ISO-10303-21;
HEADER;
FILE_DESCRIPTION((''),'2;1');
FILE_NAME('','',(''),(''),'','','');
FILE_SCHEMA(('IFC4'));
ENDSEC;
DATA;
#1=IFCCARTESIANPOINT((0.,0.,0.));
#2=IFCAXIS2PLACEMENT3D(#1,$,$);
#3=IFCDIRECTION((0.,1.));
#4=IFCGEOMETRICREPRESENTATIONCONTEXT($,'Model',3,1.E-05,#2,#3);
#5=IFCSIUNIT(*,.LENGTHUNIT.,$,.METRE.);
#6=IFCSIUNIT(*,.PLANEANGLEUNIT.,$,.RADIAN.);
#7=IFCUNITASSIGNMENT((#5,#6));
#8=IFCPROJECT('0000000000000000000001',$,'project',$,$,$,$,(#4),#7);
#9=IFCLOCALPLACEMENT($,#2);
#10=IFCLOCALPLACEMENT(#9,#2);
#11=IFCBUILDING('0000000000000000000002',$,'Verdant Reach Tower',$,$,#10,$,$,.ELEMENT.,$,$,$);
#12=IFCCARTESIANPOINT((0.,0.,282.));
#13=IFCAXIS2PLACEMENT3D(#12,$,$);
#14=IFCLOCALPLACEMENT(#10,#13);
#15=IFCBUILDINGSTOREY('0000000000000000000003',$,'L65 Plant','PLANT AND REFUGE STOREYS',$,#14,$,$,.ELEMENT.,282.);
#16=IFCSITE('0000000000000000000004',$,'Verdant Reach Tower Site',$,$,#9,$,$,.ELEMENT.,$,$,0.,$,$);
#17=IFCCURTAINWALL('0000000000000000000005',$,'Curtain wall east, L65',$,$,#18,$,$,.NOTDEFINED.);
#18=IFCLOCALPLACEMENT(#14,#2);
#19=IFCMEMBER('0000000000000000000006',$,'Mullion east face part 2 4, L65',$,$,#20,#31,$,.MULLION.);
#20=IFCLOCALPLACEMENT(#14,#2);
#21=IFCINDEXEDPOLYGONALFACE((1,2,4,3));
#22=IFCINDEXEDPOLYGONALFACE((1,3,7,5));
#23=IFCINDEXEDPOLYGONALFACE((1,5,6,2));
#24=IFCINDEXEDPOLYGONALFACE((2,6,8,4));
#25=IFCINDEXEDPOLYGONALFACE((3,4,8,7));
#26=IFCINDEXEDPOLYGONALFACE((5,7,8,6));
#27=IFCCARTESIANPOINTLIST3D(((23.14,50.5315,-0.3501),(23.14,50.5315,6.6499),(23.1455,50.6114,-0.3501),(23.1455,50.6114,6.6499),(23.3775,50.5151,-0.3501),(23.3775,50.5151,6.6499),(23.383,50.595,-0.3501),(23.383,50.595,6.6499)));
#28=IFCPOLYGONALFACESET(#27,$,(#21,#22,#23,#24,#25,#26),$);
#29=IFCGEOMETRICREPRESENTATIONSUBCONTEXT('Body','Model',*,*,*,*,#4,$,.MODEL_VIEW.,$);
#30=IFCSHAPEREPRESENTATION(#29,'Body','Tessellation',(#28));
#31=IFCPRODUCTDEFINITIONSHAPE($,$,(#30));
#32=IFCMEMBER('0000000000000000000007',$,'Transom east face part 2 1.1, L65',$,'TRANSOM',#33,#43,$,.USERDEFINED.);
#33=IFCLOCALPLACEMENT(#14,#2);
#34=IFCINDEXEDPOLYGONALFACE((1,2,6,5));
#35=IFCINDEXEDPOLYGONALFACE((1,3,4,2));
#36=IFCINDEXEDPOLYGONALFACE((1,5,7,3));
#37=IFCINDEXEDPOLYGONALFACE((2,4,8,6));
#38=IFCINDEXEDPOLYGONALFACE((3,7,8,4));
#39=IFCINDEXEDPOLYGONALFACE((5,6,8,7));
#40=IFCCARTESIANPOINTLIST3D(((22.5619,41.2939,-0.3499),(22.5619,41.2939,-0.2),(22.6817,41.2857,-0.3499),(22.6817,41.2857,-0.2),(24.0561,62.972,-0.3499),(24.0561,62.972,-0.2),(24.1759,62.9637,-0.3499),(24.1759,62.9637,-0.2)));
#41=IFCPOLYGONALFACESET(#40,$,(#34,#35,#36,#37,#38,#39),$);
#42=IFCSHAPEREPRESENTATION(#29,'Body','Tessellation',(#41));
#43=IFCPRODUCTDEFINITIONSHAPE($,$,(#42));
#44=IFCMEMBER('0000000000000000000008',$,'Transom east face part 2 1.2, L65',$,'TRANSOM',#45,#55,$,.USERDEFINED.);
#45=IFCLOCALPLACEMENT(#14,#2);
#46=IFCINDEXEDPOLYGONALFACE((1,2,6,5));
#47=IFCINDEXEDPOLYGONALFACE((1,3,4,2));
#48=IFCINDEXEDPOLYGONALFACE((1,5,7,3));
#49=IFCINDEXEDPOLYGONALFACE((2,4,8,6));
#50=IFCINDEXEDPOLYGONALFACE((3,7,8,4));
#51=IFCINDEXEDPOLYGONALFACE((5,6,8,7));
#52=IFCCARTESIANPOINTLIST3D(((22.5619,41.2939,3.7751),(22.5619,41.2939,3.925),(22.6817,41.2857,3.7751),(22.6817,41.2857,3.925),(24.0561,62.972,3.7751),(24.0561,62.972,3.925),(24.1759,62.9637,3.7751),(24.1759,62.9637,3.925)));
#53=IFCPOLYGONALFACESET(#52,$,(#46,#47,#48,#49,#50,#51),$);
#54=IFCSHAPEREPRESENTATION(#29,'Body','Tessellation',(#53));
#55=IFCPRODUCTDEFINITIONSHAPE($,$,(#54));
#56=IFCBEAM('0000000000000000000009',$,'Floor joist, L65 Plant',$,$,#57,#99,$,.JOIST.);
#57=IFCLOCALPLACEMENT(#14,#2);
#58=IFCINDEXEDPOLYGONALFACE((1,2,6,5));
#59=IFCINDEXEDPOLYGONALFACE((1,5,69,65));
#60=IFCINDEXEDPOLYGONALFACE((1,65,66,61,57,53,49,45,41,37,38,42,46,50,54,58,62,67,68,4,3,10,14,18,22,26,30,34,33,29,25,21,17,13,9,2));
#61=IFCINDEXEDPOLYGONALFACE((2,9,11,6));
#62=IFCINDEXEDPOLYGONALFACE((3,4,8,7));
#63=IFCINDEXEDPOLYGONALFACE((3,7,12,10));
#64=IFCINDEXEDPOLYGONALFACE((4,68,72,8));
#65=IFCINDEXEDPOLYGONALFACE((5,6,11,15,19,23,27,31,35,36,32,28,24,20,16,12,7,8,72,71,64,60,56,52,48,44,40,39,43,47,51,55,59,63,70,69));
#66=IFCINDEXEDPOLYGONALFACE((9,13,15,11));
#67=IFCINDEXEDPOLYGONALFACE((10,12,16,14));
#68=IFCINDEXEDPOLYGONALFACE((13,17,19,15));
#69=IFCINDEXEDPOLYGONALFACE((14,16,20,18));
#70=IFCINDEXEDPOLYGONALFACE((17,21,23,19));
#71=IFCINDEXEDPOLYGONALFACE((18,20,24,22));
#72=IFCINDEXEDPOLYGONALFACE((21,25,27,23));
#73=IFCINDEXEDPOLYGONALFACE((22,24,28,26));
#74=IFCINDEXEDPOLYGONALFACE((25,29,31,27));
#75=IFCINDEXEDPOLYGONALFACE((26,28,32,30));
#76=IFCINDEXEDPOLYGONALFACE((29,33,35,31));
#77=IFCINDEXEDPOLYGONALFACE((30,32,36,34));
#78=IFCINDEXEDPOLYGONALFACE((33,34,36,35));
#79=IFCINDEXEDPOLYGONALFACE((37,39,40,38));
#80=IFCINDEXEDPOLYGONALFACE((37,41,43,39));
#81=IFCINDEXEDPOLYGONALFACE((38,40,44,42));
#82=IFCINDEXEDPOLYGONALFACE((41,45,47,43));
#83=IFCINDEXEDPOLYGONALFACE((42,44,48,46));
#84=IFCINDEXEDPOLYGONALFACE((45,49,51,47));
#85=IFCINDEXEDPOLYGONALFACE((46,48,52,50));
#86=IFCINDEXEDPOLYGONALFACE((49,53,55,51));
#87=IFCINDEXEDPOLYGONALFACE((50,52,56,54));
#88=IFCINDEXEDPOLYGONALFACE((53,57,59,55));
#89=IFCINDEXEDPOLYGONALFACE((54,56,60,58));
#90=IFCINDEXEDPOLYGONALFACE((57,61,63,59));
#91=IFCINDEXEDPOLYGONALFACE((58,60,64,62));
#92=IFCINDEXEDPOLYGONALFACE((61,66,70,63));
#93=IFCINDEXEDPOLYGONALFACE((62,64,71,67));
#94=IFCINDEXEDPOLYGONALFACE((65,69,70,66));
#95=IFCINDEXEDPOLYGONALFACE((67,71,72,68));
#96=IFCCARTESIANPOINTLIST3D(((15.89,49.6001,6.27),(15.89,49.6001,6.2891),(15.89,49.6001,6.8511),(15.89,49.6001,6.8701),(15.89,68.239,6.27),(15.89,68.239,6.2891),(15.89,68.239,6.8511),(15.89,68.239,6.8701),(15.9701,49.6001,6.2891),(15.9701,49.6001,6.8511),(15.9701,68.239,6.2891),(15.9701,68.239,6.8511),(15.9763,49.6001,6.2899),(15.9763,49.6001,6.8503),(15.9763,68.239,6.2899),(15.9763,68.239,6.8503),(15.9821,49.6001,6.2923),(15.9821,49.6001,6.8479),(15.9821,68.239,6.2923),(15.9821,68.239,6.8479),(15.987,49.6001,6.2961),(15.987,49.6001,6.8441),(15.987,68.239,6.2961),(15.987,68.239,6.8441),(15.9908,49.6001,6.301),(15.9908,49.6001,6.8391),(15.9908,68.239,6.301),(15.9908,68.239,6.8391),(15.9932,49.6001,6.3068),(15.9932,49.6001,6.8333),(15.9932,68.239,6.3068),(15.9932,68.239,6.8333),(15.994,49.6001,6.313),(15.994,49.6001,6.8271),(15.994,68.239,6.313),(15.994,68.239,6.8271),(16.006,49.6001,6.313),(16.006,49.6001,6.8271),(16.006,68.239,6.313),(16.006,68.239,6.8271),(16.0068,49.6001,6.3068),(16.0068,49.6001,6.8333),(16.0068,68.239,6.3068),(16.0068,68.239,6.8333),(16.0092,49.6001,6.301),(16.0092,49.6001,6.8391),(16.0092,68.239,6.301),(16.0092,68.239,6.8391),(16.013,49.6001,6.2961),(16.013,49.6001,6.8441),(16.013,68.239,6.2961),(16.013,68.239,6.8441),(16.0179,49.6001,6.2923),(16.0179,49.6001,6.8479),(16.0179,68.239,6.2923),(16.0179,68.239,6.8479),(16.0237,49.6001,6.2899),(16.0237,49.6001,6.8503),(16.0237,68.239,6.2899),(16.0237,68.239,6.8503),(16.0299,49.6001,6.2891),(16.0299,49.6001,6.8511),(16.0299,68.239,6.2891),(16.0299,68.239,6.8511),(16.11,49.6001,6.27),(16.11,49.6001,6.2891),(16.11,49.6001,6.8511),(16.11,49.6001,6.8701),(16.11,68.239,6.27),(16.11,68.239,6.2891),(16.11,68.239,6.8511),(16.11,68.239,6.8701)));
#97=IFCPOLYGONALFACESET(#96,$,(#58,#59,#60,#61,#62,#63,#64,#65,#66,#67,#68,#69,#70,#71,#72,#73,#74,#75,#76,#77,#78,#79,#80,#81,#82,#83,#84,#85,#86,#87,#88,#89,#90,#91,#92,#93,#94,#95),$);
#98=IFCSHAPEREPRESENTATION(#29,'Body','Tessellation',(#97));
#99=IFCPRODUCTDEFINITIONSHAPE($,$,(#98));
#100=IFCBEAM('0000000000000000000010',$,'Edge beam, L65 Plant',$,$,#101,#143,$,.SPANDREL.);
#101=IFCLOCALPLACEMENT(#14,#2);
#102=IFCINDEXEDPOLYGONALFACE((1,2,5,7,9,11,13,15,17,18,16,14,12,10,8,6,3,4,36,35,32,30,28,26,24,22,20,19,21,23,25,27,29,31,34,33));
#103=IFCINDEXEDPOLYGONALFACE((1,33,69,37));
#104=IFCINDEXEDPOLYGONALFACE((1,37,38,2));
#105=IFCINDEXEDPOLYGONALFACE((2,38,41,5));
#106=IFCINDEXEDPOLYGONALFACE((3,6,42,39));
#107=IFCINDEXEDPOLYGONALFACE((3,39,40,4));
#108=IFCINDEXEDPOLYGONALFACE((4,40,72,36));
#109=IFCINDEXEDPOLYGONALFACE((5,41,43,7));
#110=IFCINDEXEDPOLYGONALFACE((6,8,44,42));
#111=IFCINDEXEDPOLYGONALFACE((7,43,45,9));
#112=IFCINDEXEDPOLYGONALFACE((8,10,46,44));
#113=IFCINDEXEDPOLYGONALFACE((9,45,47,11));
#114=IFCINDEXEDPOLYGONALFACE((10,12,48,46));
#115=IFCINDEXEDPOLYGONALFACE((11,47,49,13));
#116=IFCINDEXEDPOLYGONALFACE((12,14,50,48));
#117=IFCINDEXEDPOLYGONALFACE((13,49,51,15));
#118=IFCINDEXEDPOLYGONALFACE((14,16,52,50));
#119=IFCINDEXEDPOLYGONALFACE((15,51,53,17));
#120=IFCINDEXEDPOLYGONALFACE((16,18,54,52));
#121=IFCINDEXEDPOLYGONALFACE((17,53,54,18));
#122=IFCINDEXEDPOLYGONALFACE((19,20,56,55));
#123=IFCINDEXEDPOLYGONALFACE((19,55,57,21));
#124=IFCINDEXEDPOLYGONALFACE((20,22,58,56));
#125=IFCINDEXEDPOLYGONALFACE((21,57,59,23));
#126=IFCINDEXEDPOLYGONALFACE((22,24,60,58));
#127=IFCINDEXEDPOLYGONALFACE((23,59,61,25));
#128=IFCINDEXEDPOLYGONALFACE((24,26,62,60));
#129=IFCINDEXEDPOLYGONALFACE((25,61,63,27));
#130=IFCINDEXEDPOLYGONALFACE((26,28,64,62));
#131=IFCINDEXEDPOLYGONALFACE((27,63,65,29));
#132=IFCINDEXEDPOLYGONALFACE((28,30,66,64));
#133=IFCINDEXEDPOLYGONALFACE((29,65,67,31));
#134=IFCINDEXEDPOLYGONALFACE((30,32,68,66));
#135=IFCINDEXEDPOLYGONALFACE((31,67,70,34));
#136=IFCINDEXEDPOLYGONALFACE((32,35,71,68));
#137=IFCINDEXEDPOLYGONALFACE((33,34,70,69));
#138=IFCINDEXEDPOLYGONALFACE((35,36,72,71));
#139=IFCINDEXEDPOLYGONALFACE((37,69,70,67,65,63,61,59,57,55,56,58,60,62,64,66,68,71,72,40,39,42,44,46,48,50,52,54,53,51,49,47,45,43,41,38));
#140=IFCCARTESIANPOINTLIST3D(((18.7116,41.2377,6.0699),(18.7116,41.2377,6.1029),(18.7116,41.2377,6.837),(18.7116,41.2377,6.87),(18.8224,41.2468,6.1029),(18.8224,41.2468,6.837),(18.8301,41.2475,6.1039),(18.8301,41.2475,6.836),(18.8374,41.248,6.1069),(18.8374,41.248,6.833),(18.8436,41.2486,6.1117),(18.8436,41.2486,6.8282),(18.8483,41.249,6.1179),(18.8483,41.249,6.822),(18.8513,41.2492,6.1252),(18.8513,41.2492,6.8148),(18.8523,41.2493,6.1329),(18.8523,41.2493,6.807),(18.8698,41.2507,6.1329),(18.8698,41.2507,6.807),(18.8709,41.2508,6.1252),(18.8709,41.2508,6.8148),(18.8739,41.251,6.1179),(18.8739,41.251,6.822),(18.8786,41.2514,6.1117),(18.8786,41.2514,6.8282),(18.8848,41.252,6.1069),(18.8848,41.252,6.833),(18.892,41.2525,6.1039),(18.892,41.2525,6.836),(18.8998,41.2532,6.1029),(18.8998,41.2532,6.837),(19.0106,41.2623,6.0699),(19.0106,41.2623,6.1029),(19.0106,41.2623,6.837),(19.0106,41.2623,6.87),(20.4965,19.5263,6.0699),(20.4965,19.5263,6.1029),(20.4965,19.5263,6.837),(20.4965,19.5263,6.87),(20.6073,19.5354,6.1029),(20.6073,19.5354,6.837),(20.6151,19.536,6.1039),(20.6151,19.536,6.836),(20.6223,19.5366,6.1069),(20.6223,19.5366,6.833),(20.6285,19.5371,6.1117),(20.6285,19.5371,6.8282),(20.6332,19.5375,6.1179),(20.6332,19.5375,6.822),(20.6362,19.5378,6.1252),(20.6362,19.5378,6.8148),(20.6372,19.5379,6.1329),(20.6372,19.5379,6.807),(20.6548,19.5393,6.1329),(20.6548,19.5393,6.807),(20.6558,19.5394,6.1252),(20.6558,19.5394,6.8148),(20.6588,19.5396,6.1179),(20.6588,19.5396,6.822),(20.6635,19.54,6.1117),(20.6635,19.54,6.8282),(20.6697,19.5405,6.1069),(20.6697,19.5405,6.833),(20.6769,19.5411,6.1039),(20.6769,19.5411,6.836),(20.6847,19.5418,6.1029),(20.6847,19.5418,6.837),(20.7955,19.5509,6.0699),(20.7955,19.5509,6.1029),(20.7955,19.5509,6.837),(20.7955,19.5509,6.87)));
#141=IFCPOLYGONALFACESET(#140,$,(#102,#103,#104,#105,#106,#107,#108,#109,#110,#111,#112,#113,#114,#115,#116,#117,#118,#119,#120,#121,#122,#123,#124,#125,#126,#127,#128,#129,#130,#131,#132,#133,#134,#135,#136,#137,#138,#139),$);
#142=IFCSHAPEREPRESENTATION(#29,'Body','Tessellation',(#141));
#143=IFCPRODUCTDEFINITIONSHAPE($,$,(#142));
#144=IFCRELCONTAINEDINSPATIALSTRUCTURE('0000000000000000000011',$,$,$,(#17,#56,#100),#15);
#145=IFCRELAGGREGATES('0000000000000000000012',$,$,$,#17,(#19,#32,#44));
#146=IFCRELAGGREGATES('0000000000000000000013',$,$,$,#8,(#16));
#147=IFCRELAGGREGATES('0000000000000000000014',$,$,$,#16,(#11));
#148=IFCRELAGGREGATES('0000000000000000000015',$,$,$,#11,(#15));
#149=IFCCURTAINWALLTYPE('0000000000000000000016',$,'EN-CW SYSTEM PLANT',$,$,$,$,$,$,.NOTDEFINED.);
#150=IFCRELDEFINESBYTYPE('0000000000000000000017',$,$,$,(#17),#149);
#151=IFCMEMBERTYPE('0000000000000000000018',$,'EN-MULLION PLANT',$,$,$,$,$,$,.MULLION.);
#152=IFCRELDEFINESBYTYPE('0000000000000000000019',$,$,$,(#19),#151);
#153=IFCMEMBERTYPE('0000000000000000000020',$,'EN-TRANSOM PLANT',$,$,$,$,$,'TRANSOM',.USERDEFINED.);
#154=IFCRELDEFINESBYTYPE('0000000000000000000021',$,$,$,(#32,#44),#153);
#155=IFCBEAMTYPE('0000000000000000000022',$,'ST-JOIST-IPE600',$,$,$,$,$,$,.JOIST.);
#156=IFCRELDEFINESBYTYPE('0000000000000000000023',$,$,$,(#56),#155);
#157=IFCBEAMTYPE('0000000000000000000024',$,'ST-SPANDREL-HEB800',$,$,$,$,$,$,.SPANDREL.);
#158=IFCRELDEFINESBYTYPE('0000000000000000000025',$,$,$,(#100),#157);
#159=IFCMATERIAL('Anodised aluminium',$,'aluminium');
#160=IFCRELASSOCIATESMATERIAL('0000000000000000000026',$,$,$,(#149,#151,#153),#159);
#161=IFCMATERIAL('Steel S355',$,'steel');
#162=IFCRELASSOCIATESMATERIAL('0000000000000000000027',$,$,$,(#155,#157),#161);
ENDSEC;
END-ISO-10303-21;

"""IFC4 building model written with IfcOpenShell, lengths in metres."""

from ifc_helpers import new_model, si_unit, direction, frame, origin, origin_2d, place, context, subcontext, project, spatial, rectangle, i_section, extrude, material, material_profile, profile_set, type_object, element, aggregate, save


model = new_model("IFC4")

# Units and contexts
model_context = context("Model", 3, precision=1e-05, world=origin(), true_north=direction((0.0, 1.0)))
body_context = subcontext(model_context, "Body", "Model", "MODEL_VIEW")
ifc_project = project(units=[si_unit("LENGTHUNIT", "METRE"), si_unit("PLANEANGLEUNIT", "RADIAN")], contexts=[model_context])

# Site, building, storey
site_placement = place(None, origin())
site = spatial("IfcSite", under=ifc_project, at=site_placement, Name="Verdant Reach Tower Site", CompositionType="ELEMENT", RefElevation=0.0)
building_placement = place(site_placement, origin())
building = spatial("IfcBuilding", under=site, at=building_placement, Name="Verdant Reach Tower", CompositionType="ELEMENT")
storey_placement = place(building_placement, frame((0.0, 0.0, 282.0)))
storey = spatial("IfcBuildingStorey", under=building, at=storey_placement, Name="L65 Plant", Description="PLANT AND REFUGE STOREYS", CompositionType="ELEMENT", Elevation=282.0)

# Curtain wall, members
ifc_material_1 = material(Name="Anodised aluminium", Category="aluminium")
curtain_wall_type = type_object("IfcCurtainWallType", Name="EN-CW SYSTEM PLANT", PredefinedType="NOTDEFINED", material=ifc_material_1)
curtain_wall_placement = place(storey_placement, origin())
curtain_wall = element("IfcCurtainWall", 1, at=curtain_wall_placement, inside=storey, type_object=curtain_wall_type, Name="Curtain wall east, L65", PredefinedType="NOTDEFINED")
ifc_material_profile_1 = material_profile(ifc_material_1, rectangle(XDim=0.238, YDim=0.0801, at=origin_2d()), Name="Mullion 80x240")
ifc_profile_set_1 = profile_set([ifc_material_profile_1], Name="Anodised aluminium")
member_type_1 = type_object("IfcMemberType", Name="EN-MULLION PLANT", PredefinedType="MULLION", material=ifc_profile_set_1)
member_1_placement = place(storey_placement, frame((23.2615, 50.5632, -0.3501), z_axis=(0.0, 0.0, 1.0), x_axis=(0.99763, -0.068802, 0.0)))
member_1 = element("IfcMember", 2, at=member_1_placement, type_object=member_type_1, Name="Mullion east face part 2 4, L65", PredefinedType="MULLION", context=body_context, shape_type="SweptSolid", body=[
    extrude(rectangle(XDim=0.238, YDim=0.0801, at=origin_2d()), origin(), (0.0, 0.0, 1.0), 7.0),
])
ifc_material_profile_2 = material_profile(ifc_material_1, rectangle(XDim=0.1201, YDim=0.1499, at=origin_2d()), Name="Transom 150x120")
ifc_profile_set_2 = profile_set([ifc_material_profile_2], Name="Anodised aluminium")
member_type_2 = type_object("IfcMemberType", Name="EN-TRANSOM PLANT", ElementType="TRANSOM", PredefinedType="USERDEFINED", material=ifc_profile_set_2)
member_2_placement = place(storey_placement, frame((22.6218, 41.2898, -0.2749), z_axis=(0.068761, 0.997633, 0.0), x_axis=(-0.997633, 0.068761, 0.0)))
member_2 = element("IfcMember", 3, at=member_2_placement, type_object=member_type_2, Name="Transom east face part 2 1.1, L65", ObjectType="TRANSOM", PredefinedType="USERDEFINED", context=body_context, shape_type="SweptSolid", body=[
    extrude(rectangle(XDim=0.1201, YDim=0.1499, at=origin_2d()), origin(), (0.0, 0.0, 1.0), 21.7295),
])
member_3_placement = place(storey_placement, frame((22.6218, 41.2898, 3.8501), z_axis=(0.068761, 0.997633, 0.0), x_axis=(-0.997633, 0.068761, 0.0)))
member_3 = element("IfcMember", 4, at=member_3_placement, type_object=member_type_2, Name="Transom east face part 2 1.2, L65", ObjectType="TRANSOM", PredefinedType="USERDEFINED", context=body_context, shape_type="SweptSolid", body=[
    extrude(rectangle(XDim=0.1201, YDim=0.1499, at=origin_2d()), origin(), (0.0, 0.0, 1.0), 21.7295),
])

# Beams
ifc_material_2 = material(Name="Steel S355", Category="steel")
ifc_material_profile_3 = material_profile(ifc_material_2, i_section(OverallWidth=0.22, OverallDepth=0.6001, WebThickness=0.012, FlangeThickness=0.019, FilletRadius=0.0239, at=origin_2d()), Name="IPE 600")
ifc_profile_set_3 = profile_set([ifc_material_profile_3], Name="Steel S355")
beam_type_1 = type_object("IfcBeamType", Name="ST-JOIST-IPE600", PredefinedType="JOIST", material=ifc_profile_set_3)
beam_1_placement = place(storey_placement, frame((16.0, 49.6001, 6.5701), z_axis=(0.0, 1.0, 0.0), x_axis=(-1.0, 0.0, 0.0)))
element("IfcBeam", 5, at=beam_1_placement, inside=storey, type_object=beam_type_1, Name="Floor joist, L65 Plant", PredefinedType="JOIST", context=body_context, shape_type="SweptSolid", body=[
    extrude(i_section(OverallWidth=0.22, OverallDepth=0.6001, WebThickness=0.012, FlangeThickness=0.019, FilletRadius=0.0239, at=origin_2d()), origin(), (0.0, 0.0, 1.0), 18.6389),
])
ifc_material_profile_4 = material_profile(ifc_material_2, i_section(OverallWidth=0.3, OverallDepth=0.8, WebThickness=0.0176, FlangeThickness=0.033, FilletRadius=0.03, at=origin_2d()), Name="HEB 800")
ifc_profile_set_4 = profile_set([ifc_material_profile_4], Name="Steel S355")
beam_type_2 = type_object("IfcBeamType", Name="ST-SPANDREL-HEB800", PredefinedType="SPANDREL", material=ifc_profile_set_4)
beam_2_placement = place(storey_placement, frame((18.8611, 41.25, 6.47), z_axis=(0.081934, -0.996638, 0.0), x_axis=(0.996638, 0.081934, 0.0)))
element("IfcBeam", 6, at=beam_2_placement, inside=storey, type_object=beam_type_2, Name="Edge beam, L65 Plant", PredefinedType="SPANDREL", context=body_context, shape_type="SweptSolid", body=[
    extrude(i_section(OverallWidth=0.3, OverallDepth=0.8, WebThickness=0.0176, FlangeThickness=0.033, FilletRadius=0.03, at=origin_2d()), origin(), (0.0, 0.0, 1.0), 21.7847),
])

aggregate(curtain_wall, [member_1, member_2, member_3])

save(model, "model.ifc")
